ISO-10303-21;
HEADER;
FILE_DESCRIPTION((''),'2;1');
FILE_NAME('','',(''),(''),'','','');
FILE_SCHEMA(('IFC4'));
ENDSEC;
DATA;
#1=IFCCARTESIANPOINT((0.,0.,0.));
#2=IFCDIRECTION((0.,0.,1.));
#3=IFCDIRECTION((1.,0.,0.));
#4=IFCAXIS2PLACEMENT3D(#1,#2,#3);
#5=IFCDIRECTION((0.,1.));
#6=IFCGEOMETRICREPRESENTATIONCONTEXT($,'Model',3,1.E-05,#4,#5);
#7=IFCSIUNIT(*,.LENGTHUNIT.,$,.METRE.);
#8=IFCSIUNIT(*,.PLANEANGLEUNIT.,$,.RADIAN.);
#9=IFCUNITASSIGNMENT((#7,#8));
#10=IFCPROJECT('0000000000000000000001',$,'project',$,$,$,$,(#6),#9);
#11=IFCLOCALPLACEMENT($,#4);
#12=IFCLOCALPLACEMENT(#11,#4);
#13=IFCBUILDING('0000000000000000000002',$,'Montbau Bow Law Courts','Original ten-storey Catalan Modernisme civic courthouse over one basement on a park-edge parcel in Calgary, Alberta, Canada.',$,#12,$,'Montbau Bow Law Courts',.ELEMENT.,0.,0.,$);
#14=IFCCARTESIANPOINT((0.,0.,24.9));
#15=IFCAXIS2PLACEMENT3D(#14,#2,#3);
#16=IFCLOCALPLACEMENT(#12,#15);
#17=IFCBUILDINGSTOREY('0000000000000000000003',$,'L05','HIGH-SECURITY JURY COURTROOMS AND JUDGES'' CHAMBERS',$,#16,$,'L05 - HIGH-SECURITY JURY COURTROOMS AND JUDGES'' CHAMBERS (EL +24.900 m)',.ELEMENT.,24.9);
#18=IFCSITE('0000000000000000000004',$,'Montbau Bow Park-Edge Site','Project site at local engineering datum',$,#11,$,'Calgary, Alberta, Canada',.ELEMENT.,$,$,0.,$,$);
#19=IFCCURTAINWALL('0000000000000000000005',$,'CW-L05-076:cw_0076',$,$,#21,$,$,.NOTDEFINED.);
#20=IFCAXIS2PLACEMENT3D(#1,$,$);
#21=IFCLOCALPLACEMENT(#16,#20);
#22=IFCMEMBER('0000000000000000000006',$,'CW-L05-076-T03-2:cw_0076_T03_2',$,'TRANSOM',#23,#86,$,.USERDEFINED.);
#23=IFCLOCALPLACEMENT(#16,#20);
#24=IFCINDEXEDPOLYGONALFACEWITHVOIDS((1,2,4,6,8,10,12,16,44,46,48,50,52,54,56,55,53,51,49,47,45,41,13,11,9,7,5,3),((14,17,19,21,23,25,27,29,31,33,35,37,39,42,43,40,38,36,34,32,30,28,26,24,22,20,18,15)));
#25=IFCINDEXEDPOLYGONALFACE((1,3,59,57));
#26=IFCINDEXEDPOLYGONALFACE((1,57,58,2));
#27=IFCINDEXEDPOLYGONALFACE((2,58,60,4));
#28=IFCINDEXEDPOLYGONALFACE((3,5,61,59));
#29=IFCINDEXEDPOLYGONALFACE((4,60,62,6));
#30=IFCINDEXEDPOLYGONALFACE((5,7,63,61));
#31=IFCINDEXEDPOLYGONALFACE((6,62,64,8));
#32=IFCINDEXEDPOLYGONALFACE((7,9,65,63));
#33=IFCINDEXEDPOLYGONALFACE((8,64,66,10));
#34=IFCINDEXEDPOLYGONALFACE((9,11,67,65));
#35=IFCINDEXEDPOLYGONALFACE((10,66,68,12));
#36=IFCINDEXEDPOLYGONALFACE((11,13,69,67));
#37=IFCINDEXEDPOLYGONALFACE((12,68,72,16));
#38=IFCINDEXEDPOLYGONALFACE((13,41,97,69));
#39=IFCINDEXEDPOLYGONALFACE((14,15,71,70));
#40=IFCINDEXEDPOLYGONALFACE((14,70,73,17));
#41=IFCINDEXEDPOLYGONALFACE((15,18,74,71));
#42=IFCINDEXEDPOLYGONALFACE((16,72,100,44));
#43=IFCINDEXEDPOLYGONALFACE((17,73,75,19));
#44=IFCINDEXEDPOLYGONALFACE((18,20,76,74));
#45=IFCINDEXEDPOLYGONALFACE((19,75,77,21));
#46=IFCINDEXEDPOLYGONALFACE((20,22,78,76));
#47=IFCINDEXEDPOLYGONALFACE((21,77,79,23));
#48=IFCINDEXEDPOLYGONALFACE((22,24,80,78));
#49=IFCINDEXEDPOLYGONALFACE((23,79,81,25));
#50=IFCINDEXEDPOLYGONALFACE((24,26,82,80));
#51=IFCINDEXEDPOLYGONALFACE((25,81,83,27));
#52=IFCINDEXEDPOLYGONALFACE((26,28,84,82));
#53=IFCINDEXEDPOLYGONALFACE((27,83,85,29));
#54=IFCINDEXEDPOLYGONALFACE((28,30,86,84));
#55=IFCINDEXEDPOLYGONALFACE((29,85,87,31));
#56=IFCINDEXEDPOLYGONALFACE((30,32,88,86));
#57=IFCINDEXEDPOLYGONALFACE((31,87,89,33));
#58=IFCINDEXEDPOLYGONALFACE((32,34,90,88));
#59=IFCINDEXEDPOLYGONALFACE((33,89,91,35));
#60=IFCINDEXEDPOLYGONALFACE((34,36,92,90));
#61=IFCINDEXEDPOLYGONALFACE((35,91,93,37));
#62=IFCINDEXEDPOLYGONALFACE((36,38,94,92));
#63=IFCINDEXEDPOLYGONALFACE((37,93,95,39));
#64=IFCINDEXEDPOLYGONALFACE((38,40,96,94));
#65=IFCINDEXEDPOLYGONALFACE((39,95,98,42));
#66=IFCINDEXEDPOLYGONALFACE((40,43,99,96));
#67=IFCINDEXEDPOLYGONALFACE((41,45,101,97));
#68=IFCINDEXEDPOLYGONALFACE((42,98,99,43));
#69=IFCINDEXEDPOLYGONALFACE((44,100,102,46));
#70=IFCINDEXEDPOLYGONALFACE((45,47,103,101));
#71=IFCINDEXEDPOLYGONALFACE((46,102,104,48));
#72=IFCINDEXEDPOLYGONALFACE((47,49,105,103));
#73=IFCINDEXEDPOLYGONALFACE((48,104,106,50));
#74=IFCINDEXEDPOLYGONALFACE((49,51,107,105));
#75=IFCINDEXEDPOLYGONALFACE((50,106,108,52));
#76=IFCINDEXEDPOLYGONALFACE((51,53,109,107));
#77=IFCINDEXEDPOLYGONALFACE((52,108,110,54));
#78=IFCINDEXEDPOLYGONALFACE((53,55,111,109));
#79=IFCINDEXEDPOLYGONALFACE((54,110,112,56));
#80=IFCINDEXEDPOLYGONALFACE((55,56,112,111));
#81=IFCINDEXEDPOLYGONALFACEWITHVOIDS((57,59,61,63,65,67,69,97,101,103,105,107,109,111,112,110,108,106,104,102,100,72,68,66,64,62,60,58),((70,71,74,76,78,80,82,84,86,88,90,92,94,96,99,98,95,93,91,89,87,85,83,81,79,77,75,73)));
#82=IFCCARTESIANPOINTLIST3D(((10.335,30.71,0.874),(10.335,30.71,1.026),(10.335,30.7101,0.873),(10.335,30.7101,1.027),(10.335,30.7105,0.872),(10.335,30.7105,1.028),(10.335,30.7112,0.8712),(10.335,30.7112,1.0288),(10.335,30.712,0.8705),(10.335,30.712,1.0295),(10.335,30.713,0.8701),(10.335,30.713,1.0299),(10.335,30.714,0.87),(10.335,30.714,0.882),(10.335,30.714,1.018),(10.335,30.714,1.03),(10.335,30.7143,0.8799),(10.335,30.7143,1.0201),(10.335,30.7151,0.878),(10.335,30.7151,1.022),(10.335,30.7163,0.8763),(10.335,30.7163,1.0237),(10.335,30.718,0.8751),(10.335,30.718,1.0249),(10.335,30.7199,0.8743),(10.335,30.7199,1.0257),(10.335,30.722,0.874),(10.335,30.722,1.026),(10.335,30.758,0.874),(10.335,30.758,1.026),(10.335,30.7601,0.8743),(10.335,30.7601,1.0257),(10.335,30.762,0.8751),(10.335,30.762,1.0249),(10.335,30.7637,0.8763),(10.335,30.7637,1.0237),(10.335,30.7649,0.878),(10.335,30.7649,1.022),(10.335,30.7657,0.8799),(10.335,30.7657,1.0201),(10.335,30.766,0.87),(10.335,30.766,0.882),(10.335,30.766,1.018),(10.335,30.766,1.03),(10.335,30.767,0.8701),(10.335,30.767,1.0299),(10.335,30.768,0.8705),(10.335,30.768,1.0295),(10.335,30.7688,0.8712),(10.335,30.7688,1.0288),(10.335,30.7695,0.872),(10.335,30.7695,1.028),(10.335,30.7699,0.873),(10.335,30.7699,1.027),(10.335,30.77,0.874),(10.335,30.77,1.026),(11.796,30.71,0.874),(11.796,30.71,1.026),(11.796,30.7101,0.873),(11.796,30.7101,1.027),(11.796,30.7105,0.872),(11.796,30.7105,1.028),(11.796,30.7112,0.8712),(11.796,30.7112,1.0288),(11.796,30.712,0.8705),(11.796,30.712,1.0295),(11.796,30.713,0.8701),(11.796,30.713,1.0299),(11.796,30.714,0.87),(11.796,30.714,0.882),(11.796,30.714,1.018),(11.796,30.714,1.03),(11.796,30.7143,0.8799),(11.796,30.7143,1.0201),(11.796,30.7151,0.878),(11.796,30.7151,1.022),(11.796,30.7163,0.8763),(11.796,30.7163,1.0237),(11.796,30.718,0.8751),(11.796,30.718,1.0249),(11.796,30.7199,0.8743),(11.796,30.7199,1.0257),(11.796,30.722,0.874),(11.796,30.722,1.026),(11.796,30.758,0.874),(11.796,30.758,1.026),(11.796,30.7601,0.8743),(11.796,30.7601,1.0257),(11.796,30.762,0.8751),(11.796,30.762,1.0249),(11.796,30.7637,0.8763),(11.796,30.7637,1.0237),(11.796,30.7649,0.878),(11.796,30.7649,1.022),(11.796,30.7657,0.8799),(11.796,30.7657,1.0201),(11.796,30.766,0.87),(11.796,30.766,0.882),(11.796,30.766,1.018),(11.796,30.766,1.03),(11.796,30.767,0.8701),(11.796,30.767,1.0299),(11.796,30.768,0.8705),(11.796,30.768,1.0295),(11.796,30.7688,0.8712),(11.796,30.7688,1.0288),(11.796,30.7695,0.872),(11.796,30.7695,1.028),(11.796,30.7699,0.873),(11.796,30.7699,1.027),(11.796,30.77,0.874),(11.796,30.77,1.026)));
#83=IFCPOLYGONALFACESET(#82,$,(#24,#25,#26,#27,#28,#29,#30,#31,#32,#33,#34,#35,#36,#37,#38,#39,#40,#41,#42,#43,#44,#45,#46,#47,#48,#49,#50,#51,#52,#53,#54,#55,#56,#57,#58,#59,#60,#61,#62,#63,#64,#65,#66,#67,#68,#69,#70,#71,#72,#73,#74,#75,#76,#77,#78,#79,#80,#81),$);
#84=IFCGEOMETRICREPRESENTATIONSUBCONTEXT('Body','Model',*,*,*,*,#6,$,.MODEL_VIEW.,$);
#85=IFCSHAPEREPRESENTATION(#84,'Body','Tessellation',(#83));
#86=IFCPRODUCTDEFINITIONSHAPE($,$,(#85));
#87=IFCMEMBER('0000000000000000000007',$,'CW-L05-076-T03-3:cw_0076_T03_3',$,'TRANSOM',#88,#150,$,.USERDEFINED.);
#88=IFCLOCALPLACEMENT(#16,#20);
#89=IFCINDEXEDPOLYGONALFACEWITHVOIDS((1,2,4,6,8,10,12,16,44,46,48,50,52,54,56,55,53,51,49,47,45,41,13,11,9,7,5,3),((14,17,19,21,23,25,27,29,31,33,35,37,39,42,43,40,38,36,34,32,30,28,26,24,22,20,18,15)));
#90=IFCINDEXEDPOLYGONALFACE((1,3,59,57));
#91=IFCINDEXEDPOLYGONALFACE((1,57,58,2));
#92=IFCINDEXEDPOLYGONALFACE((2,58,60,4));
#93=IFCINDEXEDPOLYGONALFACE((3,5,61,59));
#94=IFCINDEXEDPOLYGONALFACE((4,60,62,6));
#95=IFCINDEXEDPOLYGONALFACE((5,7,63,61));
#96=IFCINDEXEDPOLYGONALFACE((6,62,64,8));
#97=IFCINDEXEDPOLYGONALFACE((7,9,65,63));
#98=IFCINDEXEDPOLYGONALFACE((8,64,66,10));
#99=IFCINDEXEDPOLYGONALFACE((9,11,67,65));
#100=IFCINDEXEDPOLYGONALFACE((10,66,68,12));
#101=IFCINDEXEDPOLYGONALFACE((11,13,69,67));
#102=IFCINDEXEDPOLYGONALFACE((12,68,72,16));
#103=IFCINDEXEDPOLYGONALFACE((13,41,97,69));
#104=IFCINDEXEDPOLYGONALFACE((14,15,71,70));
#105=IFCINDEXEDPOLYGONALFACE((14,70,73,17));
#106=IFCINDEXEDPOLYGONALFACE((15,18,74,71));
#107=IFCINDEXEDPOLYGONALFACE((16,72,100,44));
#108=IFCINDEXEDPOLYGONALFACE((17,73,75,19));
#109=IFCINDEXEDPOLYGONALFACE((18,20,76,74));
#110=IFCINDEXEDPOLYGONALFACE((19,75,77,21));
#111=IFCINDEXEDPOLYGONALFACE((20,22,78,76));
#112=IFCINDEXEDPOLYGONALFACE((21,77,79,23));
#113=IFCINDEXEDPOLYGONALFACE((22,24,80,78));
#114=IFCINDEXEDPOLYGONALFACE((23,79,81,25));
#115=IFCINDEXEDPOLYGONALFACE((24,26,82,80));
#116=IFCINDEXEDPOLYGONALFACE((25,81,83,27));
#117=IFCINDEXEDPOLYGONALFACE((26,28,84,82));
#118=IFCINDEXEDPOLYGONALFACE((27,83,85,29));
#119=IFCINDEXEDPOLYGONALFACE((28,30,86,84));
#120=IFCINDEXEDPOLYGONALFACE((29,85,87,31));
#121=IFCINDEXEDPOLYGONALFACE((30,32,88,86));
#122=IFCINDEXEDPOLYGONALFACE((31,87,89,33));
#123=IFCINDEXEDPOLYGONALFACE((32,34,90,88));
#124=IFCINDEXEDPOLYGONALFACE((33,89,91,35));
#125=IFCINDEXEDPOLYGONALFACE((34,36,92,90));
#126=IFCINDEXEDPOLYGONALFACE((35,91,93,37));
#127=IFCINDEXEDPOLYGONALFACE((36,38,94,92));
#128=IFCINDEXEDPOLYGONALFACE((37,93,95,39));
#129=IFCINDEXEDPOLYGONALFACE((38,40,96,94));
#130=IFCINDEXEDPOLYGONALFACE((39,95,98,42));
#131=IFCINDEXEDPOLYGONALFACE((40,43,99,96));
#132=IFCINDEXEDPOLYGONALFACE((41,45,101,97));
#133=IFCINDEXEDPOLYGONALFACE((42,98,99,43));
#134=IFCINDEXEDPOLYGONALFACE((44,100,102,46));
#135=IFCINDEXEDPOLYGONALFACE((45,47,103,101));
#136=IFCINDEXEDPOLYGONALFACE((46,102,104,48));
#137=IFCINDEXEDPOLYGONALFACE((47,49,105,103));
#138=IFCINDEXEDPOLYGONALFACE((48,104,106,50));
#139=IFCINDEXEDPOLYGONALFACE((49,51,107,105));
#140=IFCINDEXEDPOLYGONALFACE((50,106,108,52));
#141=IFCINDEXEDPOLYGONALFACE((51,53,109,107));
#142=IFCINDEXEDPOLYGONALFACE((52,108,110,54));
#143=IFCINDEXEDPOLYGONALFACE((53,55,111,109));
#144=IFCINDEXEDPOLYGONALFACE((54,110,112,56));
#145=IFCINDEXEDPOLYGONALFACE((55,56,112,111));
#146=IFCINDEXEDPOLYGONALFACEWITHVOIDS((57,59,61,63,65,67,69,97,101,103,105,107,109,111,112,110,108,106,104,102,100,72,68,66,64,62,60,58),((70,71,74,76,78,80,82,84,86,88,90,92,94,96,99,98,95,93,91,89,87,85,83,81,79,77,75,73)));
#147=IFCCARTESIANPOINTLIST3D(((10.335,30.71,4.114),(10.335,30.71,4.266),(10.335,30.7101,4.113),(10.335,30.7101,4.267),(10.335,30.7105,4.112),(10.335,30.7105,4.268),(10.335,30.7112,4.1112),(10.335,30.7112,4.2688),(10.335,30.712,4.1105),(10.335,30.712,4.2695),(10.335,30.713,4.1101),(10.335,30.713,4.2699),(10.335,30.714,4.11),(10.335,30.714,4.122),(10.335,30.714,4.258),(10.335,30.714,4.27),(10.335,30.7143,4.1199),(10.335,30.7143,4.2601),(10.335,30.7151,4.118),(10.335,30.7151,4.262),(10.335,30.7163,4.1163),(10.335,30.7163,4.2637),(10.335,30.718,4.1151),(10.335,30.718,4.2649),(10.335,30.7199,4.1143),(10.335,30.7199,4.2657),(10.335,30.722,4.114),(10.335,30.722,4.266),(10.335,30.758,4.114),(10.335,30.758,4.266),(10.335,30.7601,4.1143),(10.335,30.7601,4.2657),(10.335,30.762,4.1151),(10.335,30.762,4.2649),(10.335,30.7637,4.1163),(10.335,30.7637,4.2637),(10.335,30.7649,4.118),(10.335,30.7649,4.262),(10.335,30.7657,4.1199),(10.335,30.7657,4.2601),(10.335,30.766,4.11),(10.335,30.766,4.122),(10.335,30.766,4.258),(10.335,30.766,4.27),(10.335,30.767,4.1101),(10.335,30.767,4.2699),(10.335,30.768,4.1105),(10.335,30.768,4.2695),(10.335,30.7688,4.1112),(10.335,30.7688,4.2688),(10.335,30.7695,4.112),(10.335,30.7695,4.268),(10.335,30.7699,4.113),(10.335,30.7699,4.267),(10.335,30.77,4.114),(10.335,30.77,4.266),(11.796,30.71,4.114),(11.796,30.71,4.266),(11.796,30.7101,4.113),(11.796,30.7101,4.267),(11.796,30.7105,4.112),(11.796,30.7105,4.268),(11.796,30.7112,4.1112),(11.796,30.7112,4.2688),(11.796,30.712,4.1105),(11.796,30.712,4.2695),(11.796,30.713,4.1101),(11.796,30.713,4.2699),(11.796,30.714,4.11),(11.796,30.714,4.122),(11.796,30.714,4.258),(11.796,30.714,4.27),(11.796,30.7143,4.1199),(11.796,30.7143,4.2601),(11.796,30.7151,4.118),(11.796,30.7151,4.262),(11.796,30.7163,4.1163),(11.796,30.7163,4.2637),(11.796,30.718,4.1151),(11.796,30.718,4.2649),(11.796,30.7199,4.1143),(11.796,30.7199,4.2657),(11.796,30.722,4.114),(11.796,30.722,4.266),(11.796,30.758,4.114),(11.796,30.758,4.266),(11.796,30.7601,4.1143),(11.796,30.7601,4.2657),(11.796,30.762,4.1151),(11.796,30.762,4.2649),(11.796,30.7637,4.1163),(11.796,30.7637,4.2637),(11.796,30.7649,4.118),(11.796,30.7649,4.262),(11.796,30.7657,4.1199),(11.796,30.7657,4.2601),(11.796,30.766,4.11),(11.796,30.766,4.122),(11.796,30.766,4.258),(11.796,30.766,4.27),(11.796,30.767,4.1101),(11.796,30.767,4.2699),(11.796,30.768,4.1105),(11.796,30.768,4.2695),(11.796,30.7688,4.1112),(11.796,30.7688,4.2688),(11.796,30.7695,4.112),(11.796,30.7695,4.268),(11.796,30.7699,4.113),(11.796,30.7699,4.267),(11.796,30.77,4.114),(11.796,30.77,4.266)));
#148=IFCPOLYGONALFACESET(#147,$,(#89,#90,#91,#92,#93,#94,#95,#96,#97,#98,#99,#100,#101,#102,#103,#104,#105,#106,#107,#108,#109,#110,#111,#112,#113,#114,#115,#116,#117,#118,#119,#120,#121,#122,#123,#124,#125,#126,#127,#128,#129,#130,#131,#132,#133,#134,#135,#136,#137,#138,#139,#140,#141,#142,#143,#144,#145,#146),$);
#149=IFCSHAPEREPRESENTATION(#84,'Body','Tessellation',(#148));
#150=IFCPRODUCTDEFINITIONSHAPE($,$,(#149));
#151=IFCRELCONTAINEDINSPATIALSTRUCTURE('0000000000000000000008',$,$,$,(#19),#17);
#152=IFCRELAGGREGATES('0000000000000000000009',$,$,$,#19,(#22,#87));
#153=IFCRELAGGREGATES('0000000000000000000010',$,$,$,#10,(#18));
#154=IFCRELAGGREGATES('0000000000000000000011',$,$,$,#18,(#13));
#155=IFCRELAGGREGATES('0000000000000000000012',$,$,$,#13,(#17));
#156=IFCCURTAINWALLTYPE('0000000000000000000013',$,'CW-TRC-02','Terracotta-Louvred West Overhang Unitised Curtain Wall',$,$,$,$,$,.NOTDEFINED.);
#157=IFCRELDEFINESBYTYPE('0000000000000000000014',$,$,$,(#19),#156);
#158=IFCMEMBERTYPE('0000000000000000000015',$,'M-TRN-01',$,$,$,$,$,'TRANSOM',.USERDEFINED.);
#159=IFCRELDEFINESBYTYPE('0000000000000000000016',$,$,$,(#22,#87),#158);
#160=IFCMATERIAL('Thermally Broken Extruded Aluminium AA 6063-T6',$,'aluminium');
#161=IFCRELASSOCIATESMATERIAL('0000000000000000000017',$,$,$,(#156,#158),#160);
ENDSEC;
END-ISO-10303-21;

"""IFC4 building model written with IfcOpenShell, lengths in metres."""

from ifc_helpers import new_model, si_unit, direction, frame, origin_with_axes, origin_2d_with_axis, place, context, subcontext, project, spatial, hollow_rectangle, extrude, material, material_profile, profile_set, type_object, element, aggregate, save


model = new_model("IFC4")

# Units and contexts
model_context = context("Model", 3, precision=1e-05, world=origin_with_axes(), true_north=direction((0.0, 1.0)))
body_context = subcontext(model_context, "Body", "Model", "MODEL_VIEW")
ifc_project = project(units=[si_unit("LENGTHUNIT", "METRE"), si_unit("PLANEANGLEUNIT", "RADIAN")], contexts=[model_context])

# Site, building, storey
site_placement = place(None, origin_with_axes())
site = spatial("IfcSite", under=ifc_project, at=site_placement, Name="Montbau Bow Park-Edge Site", Description="Project site at local engineering datum", LongName="Calgary, Alberta, Canada", CompositionType="ELEMENT", RefElevation=0.0)
building_placement = place(site_placement, origin_with_axes())
building = spatial("IfcBuilding", under=site, at=building_placement, Name="Montbau Bow Law Courts", Description="Original ten-storey Catalan Modernisme civic courthouse over one basement on a park-edge parcel in Calgary, Alberta, Canada.", LongName="Montbau Bow Law Courts", CompositionType="ELEMENT", ElevationOfRefHeight=0.0, ElevationOfTerrain=0.0)
storey_placement = place(building_placement, frame((0.0, 0.0, 24.9), z_axis=(0.0, 0.0, 1.0), x_axis=(1.0, 0.0, 0.0)))
storey = spatial("IfcBuildingStorey", under=building, at=storey_placement, Name="L05", Description="HIGH-SECURITY JURY COURTROOMS AND JUDGES' CHAMBERS", LongName="L05 - HIGH-SECURITY JURY COURTROOMS AND JUDGES' CHAMBERS (EL +24.900 m)", CompositionType="ELEMENT", Elevation=24.9)

# Curtain wall
ifc_material_1 = material(Name="Thermally Broken Extruded Aluminium AA 6063-T6", Category="aluminium")
curtain_wall_type = type_object("IfcCurtainWallType", Name="CW-TRC-02", Description="Terracotta-Louvred West Overhang Unitised Curtain Wall", PredefinedType="NOTDEFINED", material=ifc_material_1)
curtain_wall_1_placement = place(None, frame((7.24, 30.74, 24.9), z_axis=(0.0, 0.0, 1.0), x_axis=(1.0, 0.0, 0.0)))
curtain_wall_1 = element("IfcCurtainWall", 1, at=curtain_wall_1_placement, inside=storey, type_object=curtain_wall_type, Name="CW-L05-076:cw_0076", PredefinedType="NOTDEFINED")

# Members
ifc_material_profile_1 = material_profile(ifc_material_1, hollow_rectangle(XDim=0.06, YDim=0.16, WallThickness=0.004, InnerFilletRadius=0.008, OuterFilletRadius=0.004, at=origin_2d_with_axis()), Name="CWT-160X60", Category="Main", Priority=0)
ifc_profile_set_1 = profile_set([ifc_material_profile_1], Name="Thermally Broken Extruded Aluminium AA 6063-T6")
member_type_1 = type_object("IfcMemberType", Name="M-TRN-01", ElementType="TRANSOM", PredefinedType="USERDEFINED", material=ifc_profile_set_1)
member_1_placement = place(None, frame((10.335, 30.74, 25.85), z_axis=(1.0, 0.0, 0.0), x_axis=(0.0, 1.0, 0.0)))
member_1 = element("IfcMember", 2, at=member_1_placement, type_object=member_type_1, Name="CW-L05-076-T03-2:cw_0076_T03_2", ObjectType="TRANSOM", PredefinedType="USERDEFINED", context=body_context, shape_type="SweptSolid", body=[
    extrude(hollow_rectangle(XDim=0.06, YDim=0.16, WallThickness=0.004, InnerFilletRadius=0.008, OuterFilletRadius=0.004, at=origin_2d_with_axis()), origin_with_axes(), (0.0, 0.0, 1.0), 1.461),
])
member_2_placement = place(None, frame((10.335, 30.74, 29.09), z_axis=(1.0, 0.0, 0.0), x_axis=(0.0, 1.0, 0.0)))
member_2 = element("IfcMember", 3, at=member_2_placement, type_object=member_type_1, Name="CW-L05-076-T03-3:cw_0076_T03_3", ObjectType="TRANSOM", PredefinedType="USERDEFINED", context=body_context, shape_type="SweptSolid", body=[
    extrude(hollow_rectangle(XDim=0.06, YDim=0.16, WallThickness=0.004, InnerFilletRadius=0.008, OuterFilletRadius=0.004, at=origin_2d_with_axis()), origin_with_axes(), (0.0, 0.0, 1.0), 1.461),
])

aggregate(curtain_wall_1, [member_1, member_2])

save(model, "model.ifc")
